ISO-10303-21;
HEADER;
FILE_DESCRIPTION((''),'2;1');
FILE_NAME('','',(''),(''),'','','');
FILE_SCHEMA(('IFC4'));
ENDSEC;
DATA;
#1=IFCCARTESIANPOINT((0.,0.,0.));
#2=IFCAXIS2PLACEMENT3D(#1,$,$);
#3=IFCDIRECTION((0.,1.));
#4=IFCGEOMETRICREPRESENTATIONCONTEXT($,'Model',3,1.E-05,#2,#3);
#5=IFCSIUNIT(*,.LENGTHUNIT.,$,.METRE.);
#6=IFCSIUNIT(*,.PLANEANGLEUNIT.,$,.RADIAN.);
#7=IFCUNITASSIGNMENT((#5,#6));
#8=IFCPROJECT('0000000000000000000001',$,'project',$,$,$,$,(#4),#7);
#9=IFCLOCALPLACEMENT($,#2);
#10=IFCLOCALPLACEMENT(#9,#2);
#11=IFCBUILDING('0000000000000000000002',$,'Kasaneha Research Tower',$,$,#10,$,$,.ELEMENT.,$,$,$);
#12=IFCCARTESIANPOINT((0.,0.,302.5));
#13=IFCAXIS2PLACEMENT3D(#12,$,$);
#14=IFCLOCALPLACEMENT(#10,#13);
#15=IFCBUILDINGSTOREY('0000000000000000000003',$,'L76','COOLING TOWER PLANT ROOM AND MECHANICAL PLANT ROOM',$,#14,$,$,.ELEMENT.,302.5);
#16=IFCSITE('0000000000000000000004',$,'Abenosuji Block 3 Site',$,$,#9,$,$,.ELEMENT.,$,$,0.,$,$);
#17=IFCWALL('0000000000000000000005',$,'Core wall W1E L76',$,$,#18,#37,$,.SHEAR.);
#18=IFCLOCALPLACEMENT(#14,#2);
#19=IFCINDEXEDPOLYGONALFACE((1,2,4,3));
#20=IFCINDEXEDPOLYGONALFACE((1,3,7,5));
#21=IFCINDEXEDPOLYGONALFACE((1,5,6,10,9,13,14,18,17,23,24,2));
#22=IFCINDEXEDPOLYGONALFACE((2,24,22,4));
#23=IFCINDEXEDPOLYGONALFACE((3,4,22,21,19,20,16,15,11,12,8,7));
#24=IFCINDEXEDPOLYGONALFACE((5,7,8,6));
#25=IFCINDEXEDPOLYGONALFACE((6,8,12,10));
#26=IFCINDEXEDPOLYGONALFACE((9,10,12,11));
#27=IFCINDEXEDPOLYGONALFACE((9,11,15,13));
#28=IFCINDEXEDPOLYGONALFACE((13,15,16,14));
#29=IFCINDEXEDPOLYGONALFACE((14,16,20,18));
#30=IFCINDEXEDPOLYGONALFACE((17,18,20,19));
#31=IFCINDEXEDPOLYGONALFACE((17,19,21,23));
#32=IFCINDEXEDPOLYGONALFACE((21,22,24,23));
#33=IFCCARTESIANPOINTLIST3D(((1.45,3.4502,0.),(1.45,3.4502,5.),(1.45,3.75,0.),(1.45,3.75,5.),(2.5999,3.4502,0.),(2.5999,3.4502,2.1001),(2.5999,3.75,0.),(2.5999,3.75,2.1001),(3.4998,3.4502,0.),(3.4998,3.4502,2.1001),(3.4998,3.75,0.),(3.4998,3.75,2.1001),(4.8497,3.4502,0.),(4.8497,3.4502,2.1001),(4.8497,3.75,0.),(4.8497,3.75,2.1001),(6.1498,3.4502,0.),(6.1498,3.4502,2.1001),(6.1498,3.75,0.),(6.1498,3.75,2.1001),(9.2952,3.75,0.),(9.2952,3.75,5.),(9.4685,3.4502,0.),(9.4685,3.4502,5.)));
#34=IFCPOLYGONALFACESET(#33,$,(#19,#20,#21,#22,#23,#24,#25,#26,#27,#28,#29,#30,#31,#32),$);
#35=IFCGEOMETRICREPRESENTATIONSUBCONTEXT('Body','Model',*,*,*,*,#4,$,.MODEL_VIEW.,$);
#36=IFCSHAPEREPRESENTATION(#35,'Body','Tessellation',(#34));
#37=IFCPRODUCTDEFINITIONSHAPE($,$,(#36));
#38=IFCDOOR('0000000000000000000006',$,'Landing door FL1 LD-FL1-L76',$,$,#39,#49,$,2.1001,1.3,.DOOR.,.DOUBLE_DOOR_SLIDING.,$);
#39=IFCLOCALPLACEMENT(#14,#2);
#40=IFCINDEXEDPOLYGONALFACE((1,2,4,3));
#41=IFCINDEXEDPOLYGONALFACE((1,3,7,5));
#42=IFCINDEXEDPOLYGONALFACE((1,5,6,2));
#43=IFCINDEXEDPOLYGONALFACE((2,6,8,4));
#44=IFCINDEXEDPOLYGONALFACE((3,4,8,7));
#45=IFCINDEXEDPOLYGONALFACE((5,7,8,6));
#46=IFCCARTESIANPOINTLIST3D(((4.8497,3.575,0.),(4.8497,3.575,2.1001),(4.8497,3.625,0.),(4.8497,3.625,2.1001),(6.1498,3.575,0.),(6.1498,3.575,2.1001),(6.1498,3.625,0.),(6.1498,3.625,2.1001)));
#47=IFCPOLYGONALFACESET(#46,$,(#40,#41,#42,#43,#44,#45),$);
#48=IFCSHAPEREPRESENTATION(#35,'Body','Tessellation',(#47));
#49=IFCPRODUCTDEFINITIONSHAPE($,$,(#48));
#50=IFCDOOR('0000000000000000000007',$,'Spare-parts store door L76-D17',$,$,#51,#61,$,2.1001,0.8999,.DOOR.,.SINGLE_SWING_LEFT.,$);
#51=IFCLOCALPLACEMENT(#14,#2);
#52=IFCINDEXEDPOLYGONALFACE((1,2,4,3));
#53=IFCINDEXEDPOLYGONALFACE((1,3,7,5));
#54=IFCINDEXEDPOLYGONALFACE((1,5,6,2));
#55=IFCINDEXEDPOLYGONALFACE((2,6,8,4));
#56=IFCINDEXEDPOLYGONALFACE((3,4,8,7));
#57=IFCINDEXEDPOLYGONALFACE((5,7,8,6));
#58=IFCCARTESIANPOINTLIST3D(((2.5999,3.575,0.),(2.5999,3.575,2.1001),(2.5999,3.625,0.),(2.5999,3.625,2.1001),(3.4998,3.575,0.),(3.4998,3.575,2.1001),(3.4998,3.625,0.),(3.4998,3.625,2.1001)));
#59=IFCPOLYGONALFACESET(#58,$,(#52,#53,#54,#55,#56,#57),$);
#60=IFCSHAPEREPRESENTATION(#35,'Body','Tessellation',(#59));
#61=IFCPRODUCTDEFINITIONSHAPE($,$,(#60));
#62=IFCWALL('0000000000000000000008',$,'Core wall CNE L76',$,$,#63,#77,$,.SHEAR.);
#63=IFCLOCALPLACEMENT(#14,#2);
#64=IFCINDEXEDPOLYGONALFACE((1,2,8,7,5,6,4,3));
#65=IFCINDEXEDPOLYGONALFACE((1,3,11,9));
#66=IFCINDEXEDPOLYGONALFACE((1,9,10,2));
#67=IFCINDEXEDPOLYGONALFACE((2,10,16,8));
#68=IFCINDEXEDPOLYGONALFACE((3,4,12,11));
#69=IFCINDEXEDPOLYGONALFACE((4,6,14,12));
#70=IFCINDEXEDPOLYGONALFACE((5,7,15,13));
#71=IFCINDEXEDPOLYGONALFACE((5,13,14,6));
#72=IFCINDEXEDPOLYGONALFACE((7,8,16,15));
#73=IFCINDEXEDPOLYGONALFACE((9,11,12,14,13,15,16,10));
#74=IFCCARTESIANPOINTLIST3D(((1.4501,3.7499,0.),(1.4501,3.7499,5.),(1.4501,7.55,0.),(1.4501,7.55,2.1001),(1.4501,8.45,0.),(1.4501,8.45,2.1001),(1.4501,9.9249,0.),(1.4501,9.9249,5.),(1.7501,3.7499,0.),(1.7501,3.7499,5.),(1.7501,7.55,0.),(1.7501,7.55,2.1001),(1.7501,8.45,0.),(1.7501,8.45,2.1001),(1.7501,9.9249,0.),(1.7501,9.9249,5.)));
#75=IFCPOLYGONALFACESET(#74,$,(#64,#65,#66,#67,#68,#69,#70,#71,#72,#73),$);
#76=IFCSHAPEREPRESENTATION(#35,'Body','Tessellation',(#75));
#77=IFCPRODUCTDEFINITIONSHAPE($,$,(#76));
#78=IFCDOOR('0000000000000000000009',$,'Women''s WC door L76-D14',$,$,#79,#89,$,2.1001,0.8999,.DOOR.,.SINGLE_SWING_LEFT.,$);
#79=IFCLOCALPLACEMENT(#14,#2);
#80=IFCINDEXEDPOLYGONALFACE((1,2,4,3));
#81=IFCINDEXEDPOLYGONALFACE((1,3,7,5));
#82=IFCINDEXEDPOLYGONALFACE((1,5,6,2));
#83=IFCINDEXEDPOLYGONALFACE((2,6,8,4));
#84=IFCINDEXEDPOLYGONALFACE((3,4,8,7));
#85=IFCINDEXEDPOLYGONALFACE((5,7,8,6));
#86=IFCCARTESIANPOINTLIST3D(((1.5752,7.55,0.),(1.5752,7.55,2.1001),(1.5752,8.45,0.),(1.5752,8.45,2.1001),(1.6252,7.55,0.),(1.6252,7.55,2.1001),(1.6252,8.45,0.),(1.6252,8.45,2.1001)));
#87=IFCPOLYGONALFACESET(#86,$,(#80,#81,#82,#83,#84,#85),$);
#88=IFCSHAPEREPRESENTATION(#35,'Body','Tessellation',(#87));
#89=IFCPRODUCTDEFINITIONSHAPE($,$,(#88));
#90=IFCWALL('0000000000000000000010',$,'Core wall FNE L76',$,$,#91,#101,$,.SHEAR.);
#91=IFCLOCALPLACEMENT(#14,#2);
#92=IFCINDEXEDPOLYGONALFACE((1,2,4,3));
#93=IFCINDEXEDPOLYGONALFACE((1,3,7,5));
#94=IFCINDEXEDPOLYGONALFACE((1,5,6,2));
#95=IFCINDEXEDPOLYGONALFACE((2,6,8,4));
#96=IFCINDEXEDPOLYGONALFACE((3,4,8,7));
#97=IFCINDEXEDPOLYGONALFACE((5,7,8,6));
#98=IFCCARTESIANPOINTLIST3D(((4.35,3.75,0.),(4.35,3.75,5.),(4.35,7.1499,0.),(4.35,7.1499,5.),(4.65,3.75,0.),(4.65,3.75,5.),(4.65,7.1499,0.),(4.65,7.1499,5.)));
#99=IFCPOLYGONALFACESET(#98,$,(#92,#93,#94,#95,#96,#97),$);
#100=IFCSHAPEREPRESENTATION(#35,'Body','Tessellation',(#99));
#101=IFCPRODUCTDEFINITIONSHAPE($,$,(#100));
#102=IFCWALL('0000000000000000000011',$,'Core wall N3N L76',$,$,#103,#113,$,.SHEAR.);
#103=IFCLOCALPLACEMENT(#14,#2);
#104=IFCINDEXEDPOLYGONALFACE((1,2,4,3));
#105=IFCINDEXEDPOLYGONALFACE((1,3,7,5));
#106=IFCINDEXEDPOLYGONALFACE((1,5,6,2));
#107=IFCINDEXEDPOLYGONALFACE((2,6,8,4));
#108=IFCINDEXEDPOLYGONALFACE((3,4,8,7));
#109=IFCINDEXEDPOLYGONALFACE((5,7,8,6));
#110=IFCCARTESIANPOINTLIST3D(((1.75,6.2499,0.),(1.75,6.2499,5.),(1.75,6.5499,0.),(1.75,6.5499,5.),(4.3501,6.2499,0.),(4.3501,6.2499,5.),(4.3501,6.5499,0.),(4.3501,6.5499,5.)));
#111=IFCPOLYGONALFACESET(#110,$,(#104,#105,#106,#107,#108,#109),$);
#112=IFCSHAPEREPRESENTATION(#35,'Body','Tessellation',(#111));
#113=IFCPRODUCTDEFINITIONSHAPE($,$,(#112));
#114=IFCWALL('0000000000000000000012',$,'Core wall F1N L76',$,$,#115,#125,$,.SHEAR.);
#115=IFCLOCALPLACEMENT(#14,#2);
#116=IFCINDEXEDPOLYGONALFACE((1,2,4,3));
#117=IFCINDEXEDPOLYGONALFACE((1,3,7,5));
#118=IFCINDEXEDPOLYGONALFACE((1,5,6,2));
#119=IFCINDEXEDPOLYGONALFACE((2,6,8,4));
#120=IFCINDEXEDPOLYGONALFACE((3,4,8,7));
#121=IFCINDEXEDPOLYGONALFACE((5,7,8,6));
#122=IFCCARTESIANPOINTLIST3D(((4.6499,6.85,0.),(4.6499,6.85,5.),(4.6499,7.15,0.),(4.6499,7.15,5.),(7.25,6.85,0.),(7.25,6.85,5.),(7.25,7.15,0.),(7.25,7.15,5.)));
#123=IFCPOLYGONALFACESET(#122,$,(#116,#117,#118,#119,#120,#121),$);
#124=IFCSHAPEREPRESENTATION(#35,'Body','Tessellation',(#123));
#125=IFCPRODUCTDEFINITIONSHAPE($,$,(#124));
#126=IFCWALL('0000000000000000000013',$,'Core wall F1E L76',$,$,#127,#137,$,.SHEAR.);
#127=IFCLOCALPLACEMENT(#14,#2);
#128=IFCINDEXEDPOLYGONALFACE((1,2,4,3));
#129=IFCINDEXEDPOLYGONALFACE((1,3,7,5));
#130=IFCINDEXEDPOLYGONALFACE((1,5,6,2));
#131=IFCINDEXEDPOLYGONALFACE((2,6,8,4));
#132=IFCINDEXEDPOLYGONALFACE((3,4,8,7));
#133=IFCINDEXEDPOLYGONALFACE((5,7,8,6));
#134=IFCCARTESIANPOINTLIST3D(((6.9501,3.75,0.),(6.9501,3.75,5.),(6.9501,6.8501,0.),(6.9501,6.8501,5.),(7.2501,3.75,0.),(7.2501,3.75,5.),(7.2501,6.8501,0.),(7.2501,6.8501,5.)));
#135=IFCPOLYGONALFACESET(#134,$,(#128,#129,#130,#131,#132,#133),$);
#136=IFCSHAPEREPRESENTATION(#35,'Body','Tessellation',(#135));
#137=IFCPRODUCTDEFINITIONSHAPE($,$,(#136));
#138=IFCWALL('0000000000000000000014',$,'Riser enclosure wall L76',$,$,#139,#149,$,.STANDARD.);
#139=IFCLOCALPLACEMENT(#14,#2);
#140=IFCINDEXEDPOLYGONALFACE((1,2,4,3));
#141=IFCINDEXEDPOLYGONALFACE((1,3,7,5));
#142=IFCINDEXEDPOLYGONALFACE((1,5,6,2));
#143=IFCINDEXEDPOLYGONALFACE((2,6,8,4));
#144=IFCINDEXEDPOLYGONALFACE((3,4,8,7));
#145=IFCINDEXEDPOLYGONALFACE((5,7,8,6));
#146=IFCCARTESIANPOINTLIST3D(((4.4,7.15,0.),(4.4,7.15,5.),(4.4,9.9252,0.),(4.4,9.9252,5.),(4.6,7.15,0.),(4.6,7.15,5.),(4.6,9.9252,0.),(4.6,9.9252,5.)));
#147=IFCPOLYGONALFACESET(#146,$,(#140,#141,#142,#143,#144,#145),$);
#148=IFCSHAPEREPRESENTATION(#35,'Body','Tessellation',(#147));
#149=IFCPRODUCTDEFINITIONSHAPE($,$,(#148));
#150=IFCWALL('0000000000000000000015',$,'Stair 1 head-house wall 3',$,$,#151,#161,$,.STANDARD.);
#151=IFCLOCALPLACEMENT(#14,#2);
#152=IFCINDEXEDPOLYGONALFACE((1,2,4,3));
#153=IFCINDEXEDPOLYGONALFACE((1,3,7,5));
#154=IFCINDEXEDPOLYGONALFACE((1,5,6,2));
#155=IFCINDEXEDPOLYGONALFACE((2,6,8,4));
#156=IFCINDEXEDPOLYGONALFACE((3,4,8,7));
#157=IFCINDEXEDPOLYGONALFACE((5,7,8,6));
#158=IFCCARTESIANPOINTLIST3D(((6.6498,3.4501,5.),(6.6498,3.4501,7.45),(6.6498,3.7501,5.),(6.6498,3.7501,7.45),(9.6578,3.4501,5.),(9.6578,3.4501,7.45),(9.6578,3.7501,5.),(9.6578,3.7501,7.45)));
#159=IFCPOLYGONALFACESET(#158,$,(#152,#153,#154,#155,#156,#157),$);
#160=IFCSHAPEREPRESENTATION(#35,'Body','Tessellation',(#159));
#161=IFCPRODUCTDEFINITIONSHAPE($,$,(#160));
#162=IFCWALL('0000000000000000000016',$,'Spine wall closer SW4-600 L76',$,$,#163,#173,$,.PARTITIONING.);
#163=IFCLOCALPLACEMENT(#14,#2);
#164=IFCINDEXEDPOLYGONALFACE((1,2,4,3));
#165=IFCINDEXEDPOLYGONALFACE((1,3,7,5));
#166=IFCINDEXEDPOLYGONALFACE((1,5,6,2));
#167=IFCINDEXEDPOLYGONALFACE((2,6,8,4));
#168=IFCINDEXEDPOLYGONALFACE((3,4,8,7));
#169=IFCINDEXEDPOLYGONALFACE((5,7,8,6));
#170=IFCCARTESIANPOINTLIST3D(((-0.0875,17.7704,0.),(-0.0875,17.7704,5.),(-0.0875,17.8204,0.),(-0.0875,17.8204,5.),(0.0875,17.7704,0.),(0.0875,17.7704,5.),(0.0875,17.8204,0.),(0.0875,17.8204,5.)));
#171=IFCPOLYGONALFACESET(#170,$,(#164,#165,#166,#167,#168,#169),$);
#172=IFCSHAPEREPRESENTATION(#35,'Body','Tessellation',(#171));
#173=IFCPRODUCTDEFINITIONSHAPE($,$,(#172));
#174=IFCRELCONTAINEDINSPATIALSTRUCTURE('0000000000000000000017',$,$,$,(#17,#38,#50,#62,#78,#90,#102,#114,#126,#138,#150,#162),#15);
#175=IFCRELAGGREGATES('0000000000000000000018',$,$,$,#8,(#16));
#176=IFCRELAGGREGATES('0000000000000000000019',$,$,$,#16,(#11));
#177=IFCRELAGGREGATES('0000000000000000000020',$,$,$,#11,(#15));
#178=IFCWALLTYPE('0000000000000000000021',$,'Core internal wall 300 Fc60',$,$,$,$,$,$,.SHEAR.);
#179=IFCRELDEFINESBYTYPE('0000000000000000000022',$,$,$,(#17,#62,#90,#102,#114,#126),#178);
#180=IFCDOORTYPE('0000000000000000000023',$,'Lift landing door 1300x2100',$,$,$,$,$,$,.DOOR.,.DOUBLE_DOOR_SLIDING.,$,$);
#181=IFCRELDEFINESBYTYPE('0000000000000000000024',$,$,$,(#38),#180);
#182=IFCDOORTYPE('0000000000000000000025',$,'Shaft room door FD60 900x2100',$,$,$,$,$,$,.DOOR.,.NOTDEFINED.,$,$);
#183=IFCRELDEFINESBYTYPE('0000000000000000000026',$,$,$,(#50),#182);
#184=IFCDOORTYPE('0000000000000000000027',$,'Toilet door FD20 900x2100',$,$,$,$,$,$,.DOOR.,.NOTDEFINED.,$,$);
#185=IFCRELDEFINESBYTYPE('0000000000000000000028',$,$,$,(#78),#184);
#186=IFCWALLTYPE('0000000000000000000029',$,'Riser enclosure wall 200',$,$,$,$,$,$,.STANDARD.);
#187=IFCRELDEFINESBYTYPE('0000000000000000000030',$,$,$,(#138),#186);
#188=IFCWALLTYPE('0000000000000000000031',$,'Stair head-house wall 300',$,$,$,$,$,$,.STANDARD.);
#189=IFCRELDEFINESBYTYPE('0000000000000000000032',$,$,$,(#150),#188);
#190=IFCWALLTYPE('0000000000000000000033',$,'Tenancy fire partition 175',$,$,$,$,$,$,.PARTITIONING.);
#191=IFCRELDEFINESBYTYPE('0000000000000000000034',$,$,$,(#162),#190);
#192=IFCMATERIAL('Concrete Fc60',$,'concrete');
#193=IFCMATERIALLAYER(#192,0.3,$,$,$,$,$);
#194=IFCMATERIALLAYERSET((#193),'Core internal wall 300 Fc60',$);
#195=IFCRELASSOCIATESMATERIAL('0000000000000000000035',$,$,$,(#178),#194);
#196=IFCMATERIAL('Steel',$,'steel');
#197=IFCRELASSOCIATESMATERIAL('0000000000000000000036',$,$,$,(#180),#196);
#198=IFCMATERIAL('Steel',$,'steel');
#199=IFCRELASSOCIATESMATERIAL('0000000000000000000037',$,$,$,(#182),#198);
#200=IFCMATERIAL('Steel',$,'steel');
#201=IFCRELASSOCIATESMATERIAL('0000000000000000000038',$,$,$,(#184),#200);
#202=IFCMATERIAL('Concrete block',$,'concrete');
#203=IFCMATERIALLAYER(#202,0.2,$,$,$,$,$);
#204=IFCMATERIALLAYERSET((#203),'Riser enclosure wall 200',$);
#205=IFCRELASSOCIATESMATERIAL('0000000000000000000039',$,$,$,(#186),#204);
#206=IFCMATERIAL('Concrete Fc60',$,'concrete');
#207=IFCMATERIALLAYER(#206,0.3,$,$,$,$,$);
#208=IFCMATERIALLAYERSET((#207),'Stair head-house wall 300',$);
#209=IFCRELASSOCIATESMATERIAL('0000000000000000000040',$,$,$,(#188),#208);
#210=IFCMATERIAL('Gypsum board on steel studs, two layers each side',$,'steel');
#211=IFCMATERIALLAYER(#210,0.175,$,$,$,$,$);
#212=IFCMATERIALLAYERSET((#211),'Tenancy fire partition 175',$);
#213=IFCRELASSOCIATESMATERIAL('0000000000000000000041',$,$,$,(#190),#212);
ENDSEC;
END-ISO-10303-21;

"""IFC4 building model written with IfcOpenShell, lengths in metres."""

from ifc_helpers import new_model, si_unit, direction, frame, frame_2d, origin, place, context, subcontext, project, spatial, polyline, rectangle, outline, extrude, material, layer, layer_set, type_object, element, fill, save


model = new_model("IFC4")

# Units and contexts
model_context = context("Model", 3, precision=1e-05, world=origin(), true_north=direction((0.0, 1.0)))
body_context = subcontext(model_context, "Body", "Model", "MODEL_VIEW")
ifc_project = project(units=[si_unit("LENGTHUNIT", "METRE"), si_unit("PLANEANGLEUNIT", "RADIAN")], contexts=[model_context])

# Site, building, storey
site_placement = place(None, origin())
site = spatial("IfcSite", under=ifc_project, at=site_placement, Name="Abenosuji Block 3 Site", CompositionType="ELEMENT", RefElevation=0.0)
building_placement = place(site_placement, origin())
building = spatial("IfcBuilding", under=site, at=building_placement, Name="Kasaneha Research Tower", CompositionType="ELEMENT")
storey_placement = place(building_placement, frame((0.0, 0.0, 302.5)))
storey = spatial("IfcBuildingStorey", under=building, at=storey_placement, Name="L76", Description="COOLING TOWER PLANT ROOM AND MECHANICAL PLANT ROOM", CompositionType="ELEMENT", Elevation=302.5)

# Wall, openings, doors
ifc_material_1 = material(Name="Concrete Fc60", Category="concrete")
ifc_layer_1 = layer(ifc_material_1, 0.3)
ifc_layer_set_1 = layer_set([ifc_layer_1], Name="Core internal wall 300 Fc60")
wall_type_1 = type_object("IfcWallType", Name="Core internal wall 300 Fc60", PredefinedType="SHEAR", material=ifc_layer_set_1)
wall_1_placement = place(storey_placement, frame((1.45, 3.6001, 0.0), z_axis=(0.0, 0.0, 1.0), x_axis=(1.0, 0.0, 0.0)))
wall_1 = element("IfcWall", 1, at=wall_1_placement, inside=storey, type_object=wall_type_1, Name="Core wall W1E L76", PredefinedType="SHEAR", context=body_context, shape_type="SweptSolid", body=[
    extrude(outline(polyline([(0.0, -0.1499), (1.1499, -0.1499), (2.0498, -0.1499), (3.3999, -0.1499), (4.7, -0.1499), (8.0186, -0.1499), (7.8452, 0.1499), (4.7, 0.1499), (3.3999, 0.1499), (2.0498, 0.1499), (1.1499, 0.1499), (0.0, 0.1499), (0.0, -0.1499)])), origin(), (0.0, 0.0, 1.0), 5.0),
])
opening_1_placement = place(wall_1_placement, frame((1.1499, 0.0, 0.0)))
opening_1 = element("IfcOpeningElement", 2, at=opening_1_placement, cuts=wall_1, PredefinedType="OPENING", context=body_context, shape_type="SweptSolid", body=[
    extrude(rectangle(XDim=0.8999, YDim=2.1001, at=frame_2d((0.45, 1.05))), frame((0.0, 0.1602, 0.0), z_axis=(0.0, -1.0, 0.0), x_axis=(1.0, 0.0, 0.0)), (0.0, 0.0, 1.0), 0.3201),
])
opening_2_placement = place(wall_1_placement, frame((3.3999, 0.0, 0.0)))
opening_2 = element("IfcOpeningElement", 3, at=opening_2_placement, cuts=wall_1, PredefinedType="OPENING", context=body_context, shape_type="SweptSolid", body=[
    extrude(rectangle(XDim=1.3, YDim=2.1001, at=frame_2d((0.6499, 1.05))), frame((0.0, 0.1602, 0.0), z_axis=(0.0, -1.0, 0.0), x_axis=(1.0, 0.0, 0.0)), (0.0, 0.0, 1.0), 0.3201),
])
ifc_material_2 = material(Name="Steel", Category="steel")
door_type_1 = type_object("IfcDoorType", Name="Lift landing door 1300x2100", OperationType="DOUBLE_DOOR_SLIDING", PredefinedType="DOOR", material=ifc_material_2)
door_1_placement = place(opening_2_placement, origin())
door_1 = element("IfcDoor", 4, at=door_1_placement, inside=storey, type_object=door_type_1, Name="Landing door FL1 LD-FL1-L76", OperationType="DOUBLE_DOOR_SLIDING", OverallHeight=2.1001, OverallWidth=1.3, PredefinedType="DOOR", context=body_context, shape_type="SweptSolid", body=[
    extrude(rectangle(XDim=1.3, YDim=2.1001, at=frame_2d((0.6499, 1.05))), frame((0.0, 0.0249, 0.0), z_axis=(0.0, -1.0, 0.0), x_axis=(1.0, 0.0, 0.0)), (0.0, 0.0, 1.0), 0.05),
])
fill(opening_2, door_1)
ifc_material_3 = material(Name="Steel", Category="steel")
door_type_2 = type_object("IfcDoorType", Name="Shaft room door FD60 900x2100", OperationType="NOTDEFINED", PredefinedType="DOOR", material=ifc_material_3)
door_2_placement = place(opening_1_placement, origin())
door_2 = element("IfcDoor", 5, at=door_2_placement, inside=storey, type_object=door_type_2, Name="Spare-parts store door L76-D17", OperationType="SINGLE_SWING_LEFT", OverallHeight=2.1001, OverallWidth=0.8999, PredefinedType="DOOR", context=body_context, shape_type="SweptSolid", body=[
    extrude(rectangle(XDim=0.8999, YDim=2.1001, at=frame_2d((0.45, 1.05))), frame((0.0, 0.0249, 0.0), z_axis=(0.0, -1.0, 0.0), x_axis=(1.0, 0.0, 0.0)), (0.0, 0.0, 1.0), 0.05),
])
fill(opening_1, door_2)

# Wall, opening, door
wall_2_placement = place(storey_placement, frame((1.6001, 3.75, 0.0), z_axis=(0.0, 0.0, 1.0), x_axis=(0.0, 1.0, 0.0)))
wall_2 = element("IfcWall", 6, at=wall_2_placement, inside=storey, type_object=wall_type_1, Name="Core wall CNE L76", PredefinedType="SHEAR", context=body_context, shape_type="SweptSolid", body=[
    extrude(rectangle(XDim=6.175, YDim=0.3, at=frame_2d((3.0874, 0.0))), origin(), (0.0, 0.0, 1.0), 5.0),
])
opening_3_placement = place(wall_2_placement, frame((3.8, 0.0, 0.0)))
opening_3 = element("IfcOpeningElement", 7, at=opening_3_placement, cuts=wall_2, PredefinedType="OPENING", context=body_context, shape_type="SweptSolid", body=[
    extrude(rectangle(XDim=0.8999, YDim=2.1001, at=frame_2d((0.45, 1.05))), frame((0.0, 0.1602, 0.0), z_axis=(0.0, -1.0, 0.0), x_axis=(1.0, 0.0, 0.0)), (0.0, 0.0, 1.0), 0.3201),
])
ifc_material_4 = material(Name="Steel", Category="steel")
door_type_3 = type_object("IfcDoorType", Name="Toilet door FD20 900x2100", OperationType="NOTDEFINED", PredefinedType="DOOR", material=ifc_material_4)
door_3_placement = place(opening_3_placement, origin())
door_3 = element("IfcDoor", 8, at=door_3_placement, inside=storey, type_object=door_type_3, Name="Women's WC door L76-D14", OperationType="SINGLE_SWING_LEFT", OverallHeight=2.1001, OverallWidth=0.8999, PredefinedType="DOOR", context=body_context, shape_type="SweptSolid", body=[
    extrude(rectangle(XDim=0.8999, YDim=2.1001, at=frame_2d((0.45, 1.05))), frame((0.0, 0.0249, 0.0), z_axis=(0.0, -1.0, 0.0), x_axis=(1.0, 0.0, 0.0)), (0.0, 0.0, 1.0), 0.05),
])
fill(opening_3, door_3)

# Walls
wall_3_placement = place(storey_placement, frame((4.5, 3.75, 0.0), z_axis=(0.0, 0.0, 1.0), x_axis=(0.0, 1.0, 0.0)))
element("IfcWall", 9, at=wall_3_placement, inside=storey, type_object=wall_type_1, Name="Core wall FNE L76", PredefinedType="SHEAR", context=body_context, shape_type="SweptSolid", body=[
    extrude(rectangle(XDim=3.3999, YDim=0.3, at=frame_2d((1.7, 0.0))), origin(), (0.0, 0.0, 1.0), 5.0),
])
for number, where, z_axis, x_axis, name in (
    (10, (1.75, 6.3999, 0.0), (0.0, 0.0, 1.0), (1.0, 0.0, 0.0), "Core wall N3N L76"),
    (11, (4.6499, 7.0, 0.0), (0.0, 0.0, 1.0), (1.0, 0.0, 0.0), "Core wall F1N L76"),
):
    element("IfcWall", number, at=place(storey_placement, frame(where, z_axis=z_axis, x_axis=x_axis)), inside=storey, type_object=wall_type_1, Name=name, PredefinedType="SHEAR", context=body_context, shape_type="SweptSolid", body=[
        extrude(rectangle(XDim=2.6001, YDim=0.3, at=frame_2d((1.3, 0.0))), origin(), (0.0, 0.0, 1.0), 5.0),
    ])
wall_4_placement = place(storey_placement, frame((7.1001, 3.75, 0.0), z_axis=(0.0, 0.0, 1.0), x_axis=(0.0, 1.0, 0.0)))
element("IfcWall", 12, at=wall_4_placement, inside=storey, type_object=wall_type_1, Name="Core wall F1E L76", PredefinedType="SHEAR", context=body_context, shape_type="SweptSolid", body=[
    extrude(rectangle(XDim=3.1001, YDim=0.3, at=frame_2d((1.55, 0.0))), origin(), (0.0, 0.0, 1.0), 5.0),
])

# Walls
ifc_material_5 = material(Name="Concrete block", Category="concrete")
ifc_layer_2 = layer(ifc_material_5, 0.2)
ifc_layer_set_2 = layer_set([ifc_layer_2], Name="Riser enclosure wall 200")
wall_type_2 = type_object("IfcWallType", Name="Riser enclosure wall 200", PredefinedType="STANDARD", material=ifc_layer_set_2)
wall_5_placement = place(storey_placement, frame((4.5, 7.1499, 0.0), z_axis=(0.0, 0.0, 1.0), x_axis=(0.0, 1.0, 0.0)))
element("IfcWall", 13, at=wall_5_placement, inside=storey, type_object=wall_type_2, Name="Riser enclosure wall L76", PredefinedType="STANDARD", context=body_context, shape_type="SweptSolid", body=[
    extrude(rectangle(XDim=2.7751, YDim=0.2, at=frame_2d((1.3877, 0.0))), origin(), (0.0, 0.0, 1.0), 5.0),
])
ifc_material_6 = material(Name="Concrete Fc60", Category="concrete")
ifc_layer_3 = layer(ifc_material_6, 0.3)
ifc_layer_set_3 = layer_set([ifc_layer_3], Name="Stair head-house wall 300")
wall_type_3 = type_object("IfcWallType", Name="Stair head-house wall 300", PredefinedType="STANDARD", material=ifc_layer_set_3)
wall_6_placement = place(storey_placement, frame((6.6499, 3.6001, 5.0), z_axis=(0.0, 0.0, 1.0), x_axis=(1.0, 0.0, 0.0)))
element("IfcWall", 14, at=wall_6_placement, inside=storey, type_object=wall_type_3, Name="Stair 1 head-house wall 3", PredefinedType="STANDARD", context=body_context, shape_type="SweptSolid", body=[
    extrude(rectangle(XDim=3.0081, YDim=0.3, at=frame_2d((1.5039, 0.0))), origin(), (0.0, 0.0, 1.0), 2.45),
])
ifc_material_7 = material(Name="Gypsum board on steel studs, two layers each side", Category="steel")
ifc_layer_4 = layer(ifc_material_7, 0.175)
ifc_layer_set_4 = layer_set([ifc_layer_4], Name="Tenancy fire partition 175")
wall_type_4 = type_object("IfcWallType", Name="Tenancy fire partition 175", PredefinedType="PARTITIONING", material=ifc_layer_set_4)
wall_7_placement = place(storey_placement, frame((0.0, 17.7705, 0.0), z_axis=(0.0, 0.0, 1.0), x_axis=(0.0, 1.0, 0.0)))
element("IfcWall", 15, at=wall_7_placement, inside=storey, type_object=wall_type_4, Name="Spine wall closer SW4-600 L76", PredefinedType="PARTITIONING", context=body_context, shape_type="SweptSolid", body=[
    extrude(rectangle(XDim=0.05, YDim=0.175, at=frame_2d((0.0249, 0.0))), origin(), (0.0, 0.0, 1.0), 5.0),
])

save(model, "model.ifc")
